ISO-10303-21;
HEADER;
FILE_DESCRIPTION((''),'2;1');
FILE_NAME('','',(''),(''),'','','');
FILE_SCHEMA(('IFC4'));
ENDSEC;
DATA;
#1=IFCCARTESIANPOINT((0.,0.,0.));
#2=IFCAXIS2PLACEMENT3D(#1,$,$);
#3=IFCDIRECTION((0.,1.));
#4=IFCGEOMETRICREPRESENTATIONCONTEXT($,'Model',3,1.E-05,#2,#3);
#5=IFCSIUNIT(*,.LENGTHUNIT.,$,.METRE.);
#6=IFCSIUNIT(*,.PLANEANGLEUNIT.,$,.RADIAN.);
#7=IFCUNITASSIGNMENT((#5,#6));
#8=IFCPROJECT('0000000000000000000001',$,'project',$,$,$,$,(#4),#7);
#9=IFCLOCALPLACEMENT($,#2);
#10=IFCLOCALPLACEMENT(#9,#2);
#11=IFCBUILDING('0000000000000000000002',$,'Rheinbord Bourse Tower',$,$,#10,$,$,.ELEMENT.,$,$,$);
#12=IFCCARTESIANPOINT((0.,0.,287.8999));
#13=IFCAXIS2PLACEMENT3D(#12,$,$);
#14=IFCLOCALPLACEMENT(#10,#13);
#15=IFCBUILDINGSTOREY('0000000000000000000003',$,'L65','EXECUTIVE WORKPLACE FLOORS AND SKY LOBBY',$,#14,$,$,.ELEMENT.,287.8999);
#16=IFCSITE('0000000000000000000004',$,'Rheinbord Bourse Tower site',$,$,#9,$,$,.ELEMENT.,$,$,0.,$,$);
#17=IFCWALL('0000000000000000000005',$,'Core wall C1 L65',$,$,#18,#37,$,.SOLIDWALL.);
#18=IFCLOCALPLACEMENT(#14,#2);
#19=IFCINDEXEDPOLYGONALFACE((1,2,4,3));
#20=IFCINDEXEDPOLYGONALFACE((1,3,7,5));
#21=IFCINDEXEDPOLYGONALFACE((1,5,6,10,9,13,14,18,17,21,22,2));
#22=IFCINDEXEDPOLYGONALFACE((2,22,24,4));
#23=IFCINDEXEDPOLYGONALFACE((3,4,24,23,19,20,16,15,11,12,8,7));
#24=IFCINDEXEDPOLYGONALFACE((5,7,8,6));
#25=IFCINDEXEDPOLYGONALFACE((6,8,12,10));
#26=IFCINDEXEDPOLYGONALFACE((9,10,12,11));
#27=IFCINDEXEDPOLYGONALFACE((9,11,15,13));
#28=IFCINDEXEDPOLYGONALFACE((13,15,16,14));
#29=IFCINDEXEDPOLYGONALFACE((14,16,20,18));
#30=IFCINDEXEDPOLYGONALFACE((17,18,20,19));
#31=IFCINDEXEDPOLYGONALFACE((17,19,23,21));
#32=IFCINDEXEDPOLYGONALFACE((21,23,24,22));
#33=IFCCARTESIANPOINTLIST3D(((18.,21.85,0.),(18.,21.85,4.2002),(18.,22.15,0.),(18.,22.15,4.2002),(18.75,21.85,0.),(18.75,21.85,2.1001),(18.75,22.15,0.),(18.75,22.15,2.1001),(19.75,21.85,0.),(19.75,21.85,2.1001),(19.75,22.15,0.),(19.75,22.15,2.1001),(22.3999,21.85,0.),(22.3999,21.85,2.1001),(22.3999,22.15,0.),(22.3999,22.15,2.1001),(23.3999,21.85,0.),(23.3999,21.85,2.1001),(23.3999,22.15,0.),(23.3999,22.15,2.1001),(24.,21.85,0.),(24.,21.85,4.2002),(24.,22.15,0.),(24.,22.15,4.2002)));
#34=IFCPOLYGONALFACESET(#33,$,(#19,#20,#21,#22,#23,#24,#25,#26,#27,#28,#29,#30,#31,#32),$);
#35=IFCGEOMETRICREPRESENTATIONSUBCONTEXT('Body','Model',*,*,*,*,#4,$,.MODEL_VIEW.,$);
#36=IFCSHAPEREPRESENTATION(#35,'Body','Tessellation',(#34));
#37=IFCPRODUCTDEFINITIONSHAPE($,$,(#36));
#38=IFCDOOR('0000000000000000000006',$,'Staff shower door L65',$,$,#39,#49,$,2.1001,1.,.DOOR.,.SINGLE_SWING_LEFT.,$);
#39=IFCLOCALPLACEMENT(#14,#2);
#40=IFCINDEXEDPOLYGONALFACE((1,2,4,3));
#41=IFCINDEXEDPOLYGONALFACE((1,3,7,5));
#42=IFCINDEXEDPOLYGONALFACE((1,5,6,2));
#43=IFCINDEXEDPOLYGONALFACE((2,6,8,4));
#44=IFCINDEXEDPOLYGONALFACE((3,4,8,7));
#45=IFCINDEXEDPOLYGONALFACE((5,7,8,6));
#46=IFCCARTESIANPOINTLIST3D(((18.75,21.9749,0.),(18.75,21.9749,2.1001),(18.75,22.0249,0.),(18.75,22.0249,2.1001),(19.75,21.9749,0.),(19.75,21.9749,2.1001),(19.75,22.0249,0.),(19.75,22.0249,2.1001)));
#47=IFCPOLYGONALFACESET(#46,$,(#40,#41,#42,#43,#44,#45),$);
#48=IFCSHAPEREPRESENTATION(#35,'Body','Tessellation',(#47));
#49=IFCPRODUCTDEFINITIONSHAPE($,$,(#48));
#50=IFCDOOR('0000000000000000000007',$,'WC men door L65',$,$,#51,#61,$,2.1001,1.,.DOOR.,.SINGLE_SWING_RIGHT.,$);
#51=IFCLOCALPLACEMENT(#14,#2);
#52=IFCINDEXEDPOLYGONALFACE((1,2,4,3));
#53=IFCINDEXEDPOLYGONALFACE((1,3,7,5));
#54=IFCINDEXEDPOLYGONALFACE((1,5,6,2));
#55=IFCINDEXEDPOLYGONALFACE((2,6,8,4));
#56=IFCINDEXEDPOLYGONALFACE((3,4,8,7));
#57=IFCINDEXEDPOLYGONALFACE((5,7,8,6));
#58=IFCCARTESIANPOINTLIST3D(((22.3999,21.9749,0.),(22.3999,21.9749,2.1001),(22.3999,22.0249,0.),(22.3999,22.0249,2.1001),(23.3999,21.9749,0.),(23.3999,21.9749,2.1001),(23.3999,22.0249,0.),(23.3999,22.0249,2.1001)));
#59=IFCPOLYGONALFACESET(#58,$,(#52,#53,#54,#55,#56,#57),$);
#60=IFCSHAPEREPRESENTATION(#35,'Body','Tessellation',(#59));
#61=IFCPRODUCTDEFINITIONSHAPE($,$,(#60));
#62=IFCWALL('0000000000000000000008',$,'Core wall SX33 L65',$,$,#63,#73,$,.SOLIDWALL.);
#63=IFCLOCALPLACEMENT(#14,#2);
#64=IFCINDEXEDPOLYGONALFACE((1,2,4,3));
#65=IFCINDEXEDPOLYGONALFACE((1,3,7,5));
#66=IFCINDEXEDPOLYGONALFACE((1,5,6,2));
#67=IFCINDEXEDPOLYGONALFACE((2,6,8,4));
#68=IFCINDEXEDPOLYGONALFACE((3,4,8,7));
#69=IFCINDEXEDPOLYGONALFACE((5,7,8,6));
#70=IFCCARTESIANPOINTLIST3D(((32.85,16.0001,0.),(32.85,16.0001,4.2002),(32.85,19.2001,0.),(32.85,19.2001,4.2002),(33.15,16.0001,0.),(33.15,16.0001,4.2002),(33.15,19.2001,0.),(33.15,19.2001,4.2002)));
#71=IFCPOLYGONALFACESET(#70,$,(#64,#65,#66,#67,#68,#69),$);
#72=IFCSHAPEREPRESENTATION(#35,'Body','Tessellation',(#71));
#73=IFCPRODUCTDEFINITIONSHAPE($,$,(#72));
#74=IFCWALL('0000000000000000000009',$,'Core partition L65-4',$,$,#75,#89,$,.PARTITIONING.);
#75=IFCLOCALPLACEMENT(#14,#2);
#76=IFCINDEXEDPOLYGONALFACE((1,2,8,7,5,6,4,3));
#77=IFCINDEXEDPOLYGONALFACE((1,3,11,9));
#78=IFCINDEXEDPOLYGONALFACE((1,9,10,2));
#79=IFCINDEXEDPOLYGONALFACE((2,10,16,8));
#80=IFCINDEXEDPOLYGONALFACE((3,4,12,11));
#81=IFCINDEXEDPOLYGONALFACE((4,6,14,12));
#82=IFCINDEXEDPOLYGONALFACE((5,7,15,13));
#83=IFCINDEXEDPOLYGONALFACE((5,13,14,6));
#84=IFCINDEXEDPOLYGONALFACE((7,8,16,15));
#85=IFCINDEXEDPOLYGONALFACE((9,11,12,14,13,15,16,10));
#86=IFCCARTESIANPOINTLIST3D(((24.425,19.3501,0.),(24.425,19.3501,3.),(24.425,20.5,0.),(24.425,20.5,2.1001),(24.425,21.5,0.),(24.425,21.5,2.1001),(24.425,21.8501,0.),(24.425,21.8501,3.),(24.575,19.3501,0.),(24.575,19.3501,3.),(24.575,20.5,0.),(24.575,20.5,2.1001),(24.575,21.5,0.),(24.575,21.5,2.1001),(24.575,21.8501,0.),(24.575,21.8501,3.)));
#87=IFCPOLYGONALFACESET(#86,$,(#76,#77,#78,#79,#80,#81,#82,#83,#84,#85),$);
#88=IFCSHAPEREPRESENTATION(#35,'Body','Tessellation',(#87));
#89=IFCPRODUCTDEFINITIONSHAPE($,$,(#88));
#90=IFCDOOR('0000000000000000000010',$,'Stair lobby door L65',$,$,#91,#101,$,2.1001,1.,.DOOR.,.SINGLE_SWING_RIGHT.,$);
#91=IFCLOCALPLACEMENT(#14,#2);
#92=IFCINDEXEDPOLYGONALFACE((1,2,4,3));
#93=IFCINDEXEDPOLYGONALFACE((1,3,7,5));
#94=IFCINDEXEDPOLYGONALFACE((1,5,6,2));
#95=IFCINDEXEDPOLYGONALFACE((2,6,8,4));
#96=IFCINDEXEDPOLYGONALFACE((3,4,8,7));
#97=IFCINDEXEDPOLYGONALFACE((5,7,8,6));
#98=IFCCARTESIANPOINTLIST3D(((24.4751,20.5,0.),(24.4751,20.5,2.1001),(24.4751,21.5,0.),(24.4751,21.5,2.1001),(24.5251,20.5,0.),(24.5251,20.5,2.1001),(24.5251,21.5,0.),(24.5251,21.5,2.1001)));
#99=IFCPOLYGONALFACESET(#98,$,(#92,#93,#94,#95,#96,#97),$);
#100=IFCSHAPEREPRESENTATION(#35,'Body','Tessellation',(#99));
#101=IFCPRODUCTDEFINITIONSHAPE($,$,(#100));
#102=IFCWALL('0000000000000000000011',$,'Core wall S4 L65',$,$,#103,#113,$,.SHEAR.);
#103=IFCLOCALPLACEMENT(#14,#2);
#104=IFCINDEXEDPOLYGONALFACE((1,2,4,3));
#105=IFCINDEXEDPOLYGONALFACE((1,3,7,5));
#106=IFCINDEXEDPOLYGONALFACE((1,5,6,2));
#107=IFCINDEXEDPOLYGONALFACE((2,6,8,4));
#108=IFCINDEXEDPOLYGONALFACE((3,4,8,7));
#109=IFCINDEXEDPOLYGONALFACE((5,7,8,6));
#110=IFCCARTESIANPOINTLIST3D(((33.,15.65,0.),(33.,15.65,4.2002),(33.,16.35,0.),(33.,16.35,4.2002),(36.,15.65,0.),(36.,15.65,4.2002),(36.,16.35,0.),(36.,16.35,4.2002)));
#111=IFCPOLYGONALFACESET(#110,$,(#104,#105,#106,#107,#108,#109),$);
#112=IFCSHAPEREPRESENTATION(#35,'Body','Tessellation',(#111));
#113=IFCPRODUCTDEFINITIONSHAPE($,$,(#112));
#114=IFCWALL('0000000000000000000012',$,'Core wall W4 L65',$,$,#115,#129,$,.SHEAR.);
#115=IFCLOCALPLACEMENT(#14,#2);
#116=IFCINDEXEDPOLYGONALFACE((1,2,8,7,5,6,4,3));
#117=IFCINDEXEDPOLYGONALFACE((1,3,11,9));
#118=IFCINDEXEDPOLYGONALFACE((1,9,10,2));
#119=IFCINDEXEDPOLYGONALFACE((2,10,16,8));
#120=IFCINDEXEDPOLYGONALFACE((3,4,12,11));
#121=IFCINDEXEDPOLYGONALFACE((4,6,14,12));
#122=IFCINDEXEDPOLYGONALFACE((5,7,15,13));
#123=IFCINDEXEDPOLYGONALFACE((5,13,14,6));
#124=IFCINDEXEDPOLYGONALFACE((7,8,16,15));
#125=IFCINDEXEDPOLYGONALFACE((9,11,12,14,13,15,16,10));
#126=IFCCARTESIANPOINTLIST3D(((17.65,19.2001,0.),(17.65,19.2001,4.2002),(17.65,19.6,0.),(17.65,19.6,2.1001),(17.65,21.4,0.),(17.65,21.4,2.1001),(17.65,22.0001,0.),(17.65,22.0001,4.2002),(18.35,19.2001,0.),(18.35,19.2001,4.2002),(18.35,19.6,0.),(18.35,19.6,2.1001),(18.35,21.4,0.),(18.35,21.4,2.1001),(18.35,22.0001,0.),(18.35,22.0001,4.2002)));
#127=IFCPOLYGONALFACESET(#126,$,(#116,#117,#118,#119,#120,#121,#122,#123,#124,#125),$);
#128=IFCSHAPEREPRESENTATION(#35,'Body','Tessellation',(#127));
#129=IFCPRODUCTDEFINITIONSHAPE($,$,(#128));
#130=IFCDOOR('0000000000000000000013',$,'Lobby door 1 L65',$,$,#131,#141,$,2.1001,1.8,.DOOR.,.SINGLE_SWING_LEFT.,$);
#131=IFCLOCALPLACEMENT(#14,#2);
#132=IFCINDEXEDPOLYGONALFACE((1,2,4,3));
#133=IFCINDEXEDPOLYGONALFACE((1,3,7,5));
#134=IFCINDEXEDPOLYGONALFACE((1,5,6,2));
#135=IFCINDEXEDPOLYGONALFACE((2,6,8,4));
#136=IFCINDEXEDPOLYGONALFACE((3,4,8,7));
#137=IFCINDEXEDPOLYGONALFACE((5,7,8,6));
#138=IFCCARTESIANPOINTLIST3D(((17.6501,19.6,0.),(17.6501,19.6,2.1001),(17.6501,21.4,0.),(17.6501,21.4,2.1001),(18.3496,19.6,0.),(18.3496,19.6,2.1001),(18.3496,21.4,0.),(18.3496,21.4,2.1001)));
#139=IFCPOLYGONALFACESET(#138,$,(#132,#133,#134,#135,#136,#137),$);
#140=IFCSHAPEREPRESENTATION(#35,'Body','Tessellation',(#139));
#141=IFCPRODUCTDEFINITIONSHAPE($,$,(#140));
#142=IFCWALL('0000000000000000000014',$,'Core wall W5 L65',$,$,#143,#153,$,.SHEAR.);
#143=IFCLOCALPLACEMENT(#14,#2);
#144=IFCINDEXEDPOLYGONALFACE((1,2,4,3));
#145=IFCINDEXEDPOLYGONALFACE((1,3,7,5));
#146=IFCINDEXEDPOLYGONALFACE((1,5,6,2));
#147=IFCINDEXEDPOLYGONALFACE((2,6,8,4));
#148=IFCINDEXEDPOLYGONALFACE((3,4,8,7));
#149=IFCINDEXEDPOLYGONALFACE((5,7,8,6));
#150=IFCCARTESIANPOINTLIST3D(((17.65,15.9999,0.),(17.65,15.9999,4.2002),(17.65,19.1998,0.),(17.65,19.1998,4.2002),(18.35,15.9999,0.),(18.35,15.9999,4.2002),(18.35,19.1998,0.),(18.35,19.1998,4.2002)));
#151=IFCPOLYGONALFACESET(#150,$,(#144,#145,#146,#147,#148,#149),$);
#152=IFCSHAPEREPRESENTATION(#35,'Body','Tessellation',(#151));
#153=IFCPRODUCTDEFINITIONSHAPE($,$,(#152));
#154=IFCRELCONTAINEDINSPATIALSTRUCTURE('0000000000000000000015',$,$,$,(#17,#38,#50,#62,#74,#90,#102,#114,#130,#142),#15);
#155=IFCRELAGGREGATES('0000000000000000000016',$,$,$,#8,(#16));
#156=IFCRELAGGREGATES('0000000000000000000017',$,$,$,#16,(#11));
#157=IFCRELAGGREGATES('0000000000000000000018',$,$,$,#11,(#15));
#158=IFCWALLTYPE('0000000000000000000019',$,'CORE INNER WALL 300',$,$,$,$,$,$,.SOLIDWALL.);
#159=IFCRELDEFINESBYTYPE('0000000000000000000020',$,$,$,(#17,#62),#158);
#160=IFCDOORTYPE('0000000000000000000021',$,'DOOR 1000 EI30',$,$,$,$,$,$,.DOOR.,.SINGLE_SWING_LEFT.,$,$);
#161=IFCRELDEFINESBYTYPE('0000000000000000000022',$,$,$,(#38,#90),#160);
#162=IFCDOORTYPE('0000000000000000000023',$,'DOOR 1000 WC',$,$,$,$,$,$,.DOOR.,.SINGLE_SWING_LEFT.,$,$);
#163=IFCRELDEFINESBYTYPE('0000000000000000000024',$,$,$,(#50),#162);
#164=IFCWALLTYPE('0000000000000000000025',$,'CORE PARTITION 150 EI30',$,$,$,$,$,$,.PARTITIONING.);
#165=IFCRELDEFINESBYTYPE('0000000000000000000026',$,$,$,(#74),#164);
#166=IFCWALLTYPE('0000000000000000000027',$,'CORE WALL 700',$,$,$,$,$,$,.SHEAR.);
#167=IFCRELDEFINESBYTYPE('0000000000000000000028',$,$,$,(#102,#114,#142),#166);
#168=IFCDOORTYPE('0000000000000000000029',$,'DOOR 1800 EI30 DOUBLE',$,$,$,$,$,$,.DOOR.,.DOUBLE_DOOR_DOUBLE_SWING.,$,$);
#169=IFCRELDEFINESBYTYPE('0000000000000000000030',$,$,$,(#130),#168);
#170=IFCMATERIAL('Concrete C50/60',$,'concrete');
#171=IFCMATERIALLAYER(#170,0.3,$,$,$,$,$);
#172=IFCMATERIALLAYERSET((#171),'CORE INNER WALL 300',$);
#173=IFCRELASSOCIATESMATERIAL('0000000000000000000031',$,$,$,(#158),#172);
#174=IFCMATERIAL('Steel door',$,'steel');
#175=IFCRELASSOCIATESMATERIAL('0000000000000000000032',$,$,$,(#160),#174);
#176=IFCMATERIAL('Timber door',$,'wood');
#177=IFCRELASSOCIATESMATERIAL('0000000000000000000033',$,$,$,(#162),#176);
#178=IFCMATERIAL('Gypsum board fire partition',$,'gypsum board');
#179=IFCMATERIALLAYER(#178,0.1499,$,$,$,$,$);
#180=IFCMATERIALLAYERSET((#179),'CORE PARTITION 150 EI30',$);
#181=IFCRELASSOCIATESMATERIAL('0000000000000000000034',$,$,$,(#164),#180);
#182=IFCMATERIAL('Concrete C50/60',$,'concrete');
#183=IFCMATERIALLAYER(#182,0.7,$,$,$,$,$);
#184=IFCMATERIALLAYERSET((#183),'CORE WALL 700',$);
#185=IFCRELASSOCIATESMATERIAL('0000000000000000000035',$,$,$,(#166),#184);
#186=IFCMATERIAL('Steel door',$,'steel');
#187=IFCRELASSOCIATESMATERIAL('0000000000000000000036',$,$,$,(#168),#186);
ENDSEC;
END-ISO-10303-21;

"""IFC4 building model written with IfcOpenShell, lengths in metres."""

from ifc_helpers import new_model, si_unit, direction, frame, frame_2d, origin, place, context, subcontext, project, spatial, rectangle, extrude, material, layer, layer_set, type_object, element, fill, save


model = new_model("IFC4")

# Units and contexts
model_context = context("Model", 3, precision=1e-05, world=origin(), true_north=direction((0.0, 1.0)))
body_context = subcontext(model_context, "Body", "Model", "MODEL_VIEW")
ifc_project = project(units=[si_unit("LENGTHUNIT", "METRE"), si_unit("PLANEANGLEUNIT", "RADIAN")], contexts=[model_context])

# Site, building, storey
site_placement = place(None, origin())
site = spatial("IfcSite", under=ifc_project, at=site_placement, Name="Rheinbord Bourse Tower site", CompositionType="ELEMENT", RefElevation=0.0)
building_placement = place(site_placement, origin())
building = spatial("IfcBuilding", under=site, at=building_placement, Name="Rheinbord Bourse Tower", CompositionType="ELEMENT")
storey_placement = place(building_placement, frame((0.0, 0.0, 287.8999)))
storey = spatial("IfcBuildingStorey", under=building, at=storey_placement, Name="L65", Description="EXECUTIVE WORKPLACE FLOORS AND SKY LOBBY", CompositionType="ELEMENT", Elevation=287.8999)

# Shared definitions
ifc_material_1 = material(Name="Concrete C50/60", Category="concrete")
ifc_layer_1 = layer(ifc_material_1, 0.3)
ifc_layer_set_1 = layer_set([ifc_layer_1], Name="CORE INNER WALL 300")
wall_type_1 = type_object("IfcWallType", Name="CORE INNER WALL 300", PredefinedType="SOLIDWALL", material=ifc_layer_set_1)
ifc_material_2 = material(Name="Steel door", Category="steel")
door_type_1 = type_object("IfcDoorType", Name="DOOR 1000 EI30", OperationType="SINGLE_SWING_LEFT", PredefinedType="DOOR", material=ifc_material_2)

# Wall, openings, doors
wall_1_placement = place(storey_placement, frame((18.0, 22.0, 0.0), z_axis=(0.0, 0.0, 1.0), x_axis=(1.0, 0.0, 0.0)))
wall_1 = element("IfcWall", 1, at=wall_1_placement, inside=storey, type_object=wall_type_1, Name="Core wall C1 L65", PredefinedType="SOLIDWALL", context=body_context, shape_type="SweptSolid", body=[
    extrude(rectangle(XDim=6.0, YDim=0.3, at=frame_2d((3.0, 0.0))), origin(), (0.0, 0.0, 1.0), 4.2002),
])
opening_1_placement = place(wall_1_placement, frame((4.3999, 0.0, 0.0)))
opening_1 = element("IfcOpeningElement", 2, at=opening_1_placement, cuts=wall_1, PredefinedType="OPENING", context=body_context, shape_type="SweptSolid", body=[
    extrude(rectangle(XDim=1.0, YDim=2.1001, at=frame_2d((0.5, 1.05))), frame((0.0, 0.1599, 0.0), z_axis=(0.0, -1.0, 0.0), x_axis=(1.0, 0.0, 0.0)), (0.0, 0.0, 1.0), 0.3201),
])
opening_2_placement = place(wall_1_placement, frame((0.75, 0.0, 0.0)))
opening_2 = element("IfcOpeningElement", 3, at=opening_2_placement, cuts=wall_1, PredefinedType="OPENING", context=body_context, shape_type="SweptSolid", body=[
    extrude(rectangle(XDim=1.0, YDim=2.1001, at=frame_2d((0.5, 1.05))), frame((0.0, 0.1599, 0.0), z_axis=(0.0, -1.0, 0.0), x_axis=(1.0, 0.0, 0.0)), (0.0, 0.0, 1.0), 0.3201),
])
door_1_placement = place(opening_2_placement, origin())
door_1 = element("IfcDoor", 4, at=door_1_placement, inside=storey, type_object=door_type_1, Name="Staff shower door L65", OperationType="SINGLE_SWING_LEFT", OverallHeight=2.1001, OverallWidth=1.0, PredefinedType="DOOR", context=body_context, shape_type="SweptSolid", body=[
    extrude(rectangle(XDim=1.0, YDim=2.1001, at=frame_2d((0.5, 1.05))), frame((0.0, 0.0249, 0.0), z_axis=(0.0, -1.0, 0.0), x_axis=(1.0, 0.0, 0.0)), (0.0, 0.0, 1.0), 0.05),
])
fill(opening_2, door_1)
ifc_material_3 = material(Name="Timber door", Category="wood")
door_type_2 = type_object("IfcDoorType", Name="DOOR 1000 WC", OperationType="SINGLE_SWING_LEFT", PredefinedType="DOOR", material=ifc_material_3)
door_2_placement = place(opening_1_placement, origin())
door_2 = element("IfcDoor", 5, at=door_2_placement, inside=storey, type_object=door_type_2, Name="WC men door L65", OperationType="SINGLE_SWING_RIGHT", OverallHeight=2.1001, OverallWidth=1.0, PredefinedType="DOOR", context=body_context, shape_type="SweptSolid", body=[
    extrude(rectangle(XDim=1.0, YDim=2.1001, at=frame_2d((0.5, 1.05))), frame((0.0, 0.0249, 0.0), z_axis=(0.0, -1.0, 0.0), x_axis=(1.0, 0.0, 0.0)), (0.0, 0.0, 1.0), 0.05),
])
fill(opening_1, door_2)

# Wall
wall_2_placement = place(storey_placement, frame((33.0, 16.0, 0.0), z_axis=(0.0, 0.0, 1.0), x_axis=(0.0, 1.0, 0.0)))
element("IfcWall", 6, at=wall_2_placement, inside=storey, type_object=wall_type_1, Name="Core wall SX33 L65", PredefinedType="SOLIDWALL", context=body_context, shape_type="SweptSolid", body=[
    extrude(rectangle(XDim=3.2, YDim=0.3, at=frame_2d((1.6001, 0.0))), origin(), (0.0, 0.0, 1.0), 4.2002),
])

# Wall, opening, door
ifc_material_4 = material(Name="Gypsum board fire partition", Category="gypsum board")
ifc_layer_2 = layer(ifc_material_4, 0.1499)
ifc_layer_set_2 = layer_set([ifc_layer_2], Name="CORE PARTITION 150 EI30")
wall_type_2 = type_object("IfcWallType", Name="CORE PARTITION 150 EI30", PredefinedType="PARTITIONING", material=ifc_layer_set_2)
wall_3_placement = place(storey_placement, frame((24.5, 19.3501, 0.0), z_axis=(0.0, 0.0, 1.0), x_axis=(0.0, 1.0, 0.0)))
wall_3 = element("IfcWall", 7, at=wall_3_placement, inside=storey, type_object=wall_type_2, Name="Core partition L65-4", PredefinedType="PARTITIONING", context=body_context, shape_type="SweptSolid", body=[
    extrude(rectangle(XDim=2.5, YDim=0.1499, at=frame_2d((1.25, 0.0))), origin(), (0.0, 0.0, 1.0), 3.0),
])
opening_3_placement = place(wall_3_placement, frame((1.1499, 0.0, 0.0)))
opening_3 = element("IfcOpeningElement", 8, at=opening_3_placement, cuts=wall_3, PredefinedType="OPENING", context=body_context, shape_type="SweptSolid", body=[
    extrude(rectangle(XDim=1.0, YDim=2.1001, at=frame_2d((0.5, 1.05))), frame((0.0, 0.085, 0.0), z_axis=(0.0, -1.0, 0.0), x_axis=(1.0, 0.0, 0.0)), (0.0, 0.0, 1.0), 0.1699),
])
door_3_placement = place(opening_3_placement, origin())
door_3 = element("IfcDoor", 9, at=door_3_placement, inside=storey, type_object=door_type_1, Name="Stair lobby door L65", OperationType="SINGLE_SWING_RIGHT", OverallHeight=2.1001, OverallWidth=1.0, PredefinedType="DOOR", context=body_context, shape_type="SweptSolid", body=[
    extrude(rectangle(XDim=1.0, YDim=2.1001, at=frame_2d((0.5, 1.05))), frame((0.0, 0.0249, 0.0), z_axis=(0.0, -1.0, 0.0), x_axis=(1.0, 0.0, 0.0)), (0.0, 0.0, 1.0), 0.05),
])
fill(opening_3, door_3)

# Wall
ifc_material_5 = material(Name="Concrete C50/60", Category="concrete")
ifc_layer_3 = layer(ifc_material_5, 0.7)
ifc_layer_set_3 = layer_set([ifc_layer_3], Name="CORE WALL 700")
wall_type_3 = type_object("IfcWallType", Name="CORE WALL 700", PredefinedType="SHEAR", material=ifc_layer_set_3)
wall_4_placement = place(storey_placement, frame((33.0, 16.0, 0.0), z_axis=(0.0, 0.0, 1.0), x_axis=(1.0, 0.0, 0.0)))
element("IfcWall", 10, at=wall_4_placement, inside=storey, type_object=wall_type_3, Name="Core wall S4 L65", PredefinedType="SHEAR", context=body_context, shape_type="SweptSolid", body=[
    extrude(rectangle(XDim=3.0, YDim=0.7, at=frame_2d((1.5, 0.0))), origin(), (0.0, 0.0, 1.0), 4.2002),
])

# Wall, opening, door
wall_5_placement = place(storey_placement, frame((18.0, 22.0, 0.0), z_axis=(0.0, 0.0, 1.0), x_axis=(0.0, -1.0, 0.0)))
wall_5 = element("IfcWall", 11, at=wall_5_placement, inside=storey, type_object=wall_type_3, Name="Core wall W4 L65", PredefinedType="SHEAR", context=body_context, shape_type="SweptSolid", body=[
    extrude(rectangle(XDim=2.8, YDim=0.7, at=frame_2d((1.3999, 0.0))), origin(), (0.0, 0.0, 1.0), 4.2002),
])
opening_4_placement = place(wall_5_placement, frame((0.6001, 0.0, 0.0)))
opening_4 = element("IfcOpeningElement", 12, at=opening_4_placement, cuts=wall_5, PredefinedType="OPENING", context=body_context, shape_type="SweptSolid", body=[
    extrude(rectangle(XDim=1.8, YDim=2.1001, at=frame_2d((0.8999, 1.05))), frame((0.0, 0.3599, 0.0), z_axis=(0.0, -1.0, 0.0), x_axis=(1.0, 0.0, 0.0)), (0.0, 0.0, 1.0), 0.72),
])
ifc_material_6 = material(Name="Steel door", Category="steel")
door_type_3 = type_object("IfcDoorType", Name="DOOR 1800 EI30 DOUBLE", OperationType="DOUBLE_DOOR_DOUBLE_SWING", PredefinedType="DOOR", material=ifc_material_6)
door_4_placement = place(opening_4_placement, origin())
door_4 = element("IfcDoor", 13, at=door_4_placement, inside=storey, type_object=door_type_3, Name="Lobby door 1 L65", OperationType="SINGLE_SWING_LEFT", OverallHeight=2.1001, OverallWidth=1.8, PredefinedType="DOOR", context=body_context, shape_type="SweptSolid", body=[
    extrude(rectangle(XDim=1.8, YDim=2.1001, at=frame_2d((0.8999, 1.05))), frame((0.0, 0.3496, 0.0), z_axis=(0.0, -1.0, 0.0), x_axis=(1.0, 0.0, 0.0)), (0.0, 0.0, 1.0), 0.6995),
])
fill(opening_4, door_4)

# Wall
wall_6_placement = place(storey_placement, frame((18.0, 19.2, 0.0), z_axis=(0.0, 0.0, 1.0), x_axis=(0.0, -1.0, 0.0)))
element("IfcWall", 14, at=wall_6_placement, inside=storey, type_object=wall_type_3, Name="Core wall W5 L65", PredefinedType="SHEAR", context=body_context, shape_type="SweptSolid", body=[
    extrude(rectangle(XDim=3.2, YDim=0.7, at=frame_2d((1.6001, 0.0))), origin(), (0.0, 0.0, 1.0), 4.2002),
])

save(model, "model.ifc")
